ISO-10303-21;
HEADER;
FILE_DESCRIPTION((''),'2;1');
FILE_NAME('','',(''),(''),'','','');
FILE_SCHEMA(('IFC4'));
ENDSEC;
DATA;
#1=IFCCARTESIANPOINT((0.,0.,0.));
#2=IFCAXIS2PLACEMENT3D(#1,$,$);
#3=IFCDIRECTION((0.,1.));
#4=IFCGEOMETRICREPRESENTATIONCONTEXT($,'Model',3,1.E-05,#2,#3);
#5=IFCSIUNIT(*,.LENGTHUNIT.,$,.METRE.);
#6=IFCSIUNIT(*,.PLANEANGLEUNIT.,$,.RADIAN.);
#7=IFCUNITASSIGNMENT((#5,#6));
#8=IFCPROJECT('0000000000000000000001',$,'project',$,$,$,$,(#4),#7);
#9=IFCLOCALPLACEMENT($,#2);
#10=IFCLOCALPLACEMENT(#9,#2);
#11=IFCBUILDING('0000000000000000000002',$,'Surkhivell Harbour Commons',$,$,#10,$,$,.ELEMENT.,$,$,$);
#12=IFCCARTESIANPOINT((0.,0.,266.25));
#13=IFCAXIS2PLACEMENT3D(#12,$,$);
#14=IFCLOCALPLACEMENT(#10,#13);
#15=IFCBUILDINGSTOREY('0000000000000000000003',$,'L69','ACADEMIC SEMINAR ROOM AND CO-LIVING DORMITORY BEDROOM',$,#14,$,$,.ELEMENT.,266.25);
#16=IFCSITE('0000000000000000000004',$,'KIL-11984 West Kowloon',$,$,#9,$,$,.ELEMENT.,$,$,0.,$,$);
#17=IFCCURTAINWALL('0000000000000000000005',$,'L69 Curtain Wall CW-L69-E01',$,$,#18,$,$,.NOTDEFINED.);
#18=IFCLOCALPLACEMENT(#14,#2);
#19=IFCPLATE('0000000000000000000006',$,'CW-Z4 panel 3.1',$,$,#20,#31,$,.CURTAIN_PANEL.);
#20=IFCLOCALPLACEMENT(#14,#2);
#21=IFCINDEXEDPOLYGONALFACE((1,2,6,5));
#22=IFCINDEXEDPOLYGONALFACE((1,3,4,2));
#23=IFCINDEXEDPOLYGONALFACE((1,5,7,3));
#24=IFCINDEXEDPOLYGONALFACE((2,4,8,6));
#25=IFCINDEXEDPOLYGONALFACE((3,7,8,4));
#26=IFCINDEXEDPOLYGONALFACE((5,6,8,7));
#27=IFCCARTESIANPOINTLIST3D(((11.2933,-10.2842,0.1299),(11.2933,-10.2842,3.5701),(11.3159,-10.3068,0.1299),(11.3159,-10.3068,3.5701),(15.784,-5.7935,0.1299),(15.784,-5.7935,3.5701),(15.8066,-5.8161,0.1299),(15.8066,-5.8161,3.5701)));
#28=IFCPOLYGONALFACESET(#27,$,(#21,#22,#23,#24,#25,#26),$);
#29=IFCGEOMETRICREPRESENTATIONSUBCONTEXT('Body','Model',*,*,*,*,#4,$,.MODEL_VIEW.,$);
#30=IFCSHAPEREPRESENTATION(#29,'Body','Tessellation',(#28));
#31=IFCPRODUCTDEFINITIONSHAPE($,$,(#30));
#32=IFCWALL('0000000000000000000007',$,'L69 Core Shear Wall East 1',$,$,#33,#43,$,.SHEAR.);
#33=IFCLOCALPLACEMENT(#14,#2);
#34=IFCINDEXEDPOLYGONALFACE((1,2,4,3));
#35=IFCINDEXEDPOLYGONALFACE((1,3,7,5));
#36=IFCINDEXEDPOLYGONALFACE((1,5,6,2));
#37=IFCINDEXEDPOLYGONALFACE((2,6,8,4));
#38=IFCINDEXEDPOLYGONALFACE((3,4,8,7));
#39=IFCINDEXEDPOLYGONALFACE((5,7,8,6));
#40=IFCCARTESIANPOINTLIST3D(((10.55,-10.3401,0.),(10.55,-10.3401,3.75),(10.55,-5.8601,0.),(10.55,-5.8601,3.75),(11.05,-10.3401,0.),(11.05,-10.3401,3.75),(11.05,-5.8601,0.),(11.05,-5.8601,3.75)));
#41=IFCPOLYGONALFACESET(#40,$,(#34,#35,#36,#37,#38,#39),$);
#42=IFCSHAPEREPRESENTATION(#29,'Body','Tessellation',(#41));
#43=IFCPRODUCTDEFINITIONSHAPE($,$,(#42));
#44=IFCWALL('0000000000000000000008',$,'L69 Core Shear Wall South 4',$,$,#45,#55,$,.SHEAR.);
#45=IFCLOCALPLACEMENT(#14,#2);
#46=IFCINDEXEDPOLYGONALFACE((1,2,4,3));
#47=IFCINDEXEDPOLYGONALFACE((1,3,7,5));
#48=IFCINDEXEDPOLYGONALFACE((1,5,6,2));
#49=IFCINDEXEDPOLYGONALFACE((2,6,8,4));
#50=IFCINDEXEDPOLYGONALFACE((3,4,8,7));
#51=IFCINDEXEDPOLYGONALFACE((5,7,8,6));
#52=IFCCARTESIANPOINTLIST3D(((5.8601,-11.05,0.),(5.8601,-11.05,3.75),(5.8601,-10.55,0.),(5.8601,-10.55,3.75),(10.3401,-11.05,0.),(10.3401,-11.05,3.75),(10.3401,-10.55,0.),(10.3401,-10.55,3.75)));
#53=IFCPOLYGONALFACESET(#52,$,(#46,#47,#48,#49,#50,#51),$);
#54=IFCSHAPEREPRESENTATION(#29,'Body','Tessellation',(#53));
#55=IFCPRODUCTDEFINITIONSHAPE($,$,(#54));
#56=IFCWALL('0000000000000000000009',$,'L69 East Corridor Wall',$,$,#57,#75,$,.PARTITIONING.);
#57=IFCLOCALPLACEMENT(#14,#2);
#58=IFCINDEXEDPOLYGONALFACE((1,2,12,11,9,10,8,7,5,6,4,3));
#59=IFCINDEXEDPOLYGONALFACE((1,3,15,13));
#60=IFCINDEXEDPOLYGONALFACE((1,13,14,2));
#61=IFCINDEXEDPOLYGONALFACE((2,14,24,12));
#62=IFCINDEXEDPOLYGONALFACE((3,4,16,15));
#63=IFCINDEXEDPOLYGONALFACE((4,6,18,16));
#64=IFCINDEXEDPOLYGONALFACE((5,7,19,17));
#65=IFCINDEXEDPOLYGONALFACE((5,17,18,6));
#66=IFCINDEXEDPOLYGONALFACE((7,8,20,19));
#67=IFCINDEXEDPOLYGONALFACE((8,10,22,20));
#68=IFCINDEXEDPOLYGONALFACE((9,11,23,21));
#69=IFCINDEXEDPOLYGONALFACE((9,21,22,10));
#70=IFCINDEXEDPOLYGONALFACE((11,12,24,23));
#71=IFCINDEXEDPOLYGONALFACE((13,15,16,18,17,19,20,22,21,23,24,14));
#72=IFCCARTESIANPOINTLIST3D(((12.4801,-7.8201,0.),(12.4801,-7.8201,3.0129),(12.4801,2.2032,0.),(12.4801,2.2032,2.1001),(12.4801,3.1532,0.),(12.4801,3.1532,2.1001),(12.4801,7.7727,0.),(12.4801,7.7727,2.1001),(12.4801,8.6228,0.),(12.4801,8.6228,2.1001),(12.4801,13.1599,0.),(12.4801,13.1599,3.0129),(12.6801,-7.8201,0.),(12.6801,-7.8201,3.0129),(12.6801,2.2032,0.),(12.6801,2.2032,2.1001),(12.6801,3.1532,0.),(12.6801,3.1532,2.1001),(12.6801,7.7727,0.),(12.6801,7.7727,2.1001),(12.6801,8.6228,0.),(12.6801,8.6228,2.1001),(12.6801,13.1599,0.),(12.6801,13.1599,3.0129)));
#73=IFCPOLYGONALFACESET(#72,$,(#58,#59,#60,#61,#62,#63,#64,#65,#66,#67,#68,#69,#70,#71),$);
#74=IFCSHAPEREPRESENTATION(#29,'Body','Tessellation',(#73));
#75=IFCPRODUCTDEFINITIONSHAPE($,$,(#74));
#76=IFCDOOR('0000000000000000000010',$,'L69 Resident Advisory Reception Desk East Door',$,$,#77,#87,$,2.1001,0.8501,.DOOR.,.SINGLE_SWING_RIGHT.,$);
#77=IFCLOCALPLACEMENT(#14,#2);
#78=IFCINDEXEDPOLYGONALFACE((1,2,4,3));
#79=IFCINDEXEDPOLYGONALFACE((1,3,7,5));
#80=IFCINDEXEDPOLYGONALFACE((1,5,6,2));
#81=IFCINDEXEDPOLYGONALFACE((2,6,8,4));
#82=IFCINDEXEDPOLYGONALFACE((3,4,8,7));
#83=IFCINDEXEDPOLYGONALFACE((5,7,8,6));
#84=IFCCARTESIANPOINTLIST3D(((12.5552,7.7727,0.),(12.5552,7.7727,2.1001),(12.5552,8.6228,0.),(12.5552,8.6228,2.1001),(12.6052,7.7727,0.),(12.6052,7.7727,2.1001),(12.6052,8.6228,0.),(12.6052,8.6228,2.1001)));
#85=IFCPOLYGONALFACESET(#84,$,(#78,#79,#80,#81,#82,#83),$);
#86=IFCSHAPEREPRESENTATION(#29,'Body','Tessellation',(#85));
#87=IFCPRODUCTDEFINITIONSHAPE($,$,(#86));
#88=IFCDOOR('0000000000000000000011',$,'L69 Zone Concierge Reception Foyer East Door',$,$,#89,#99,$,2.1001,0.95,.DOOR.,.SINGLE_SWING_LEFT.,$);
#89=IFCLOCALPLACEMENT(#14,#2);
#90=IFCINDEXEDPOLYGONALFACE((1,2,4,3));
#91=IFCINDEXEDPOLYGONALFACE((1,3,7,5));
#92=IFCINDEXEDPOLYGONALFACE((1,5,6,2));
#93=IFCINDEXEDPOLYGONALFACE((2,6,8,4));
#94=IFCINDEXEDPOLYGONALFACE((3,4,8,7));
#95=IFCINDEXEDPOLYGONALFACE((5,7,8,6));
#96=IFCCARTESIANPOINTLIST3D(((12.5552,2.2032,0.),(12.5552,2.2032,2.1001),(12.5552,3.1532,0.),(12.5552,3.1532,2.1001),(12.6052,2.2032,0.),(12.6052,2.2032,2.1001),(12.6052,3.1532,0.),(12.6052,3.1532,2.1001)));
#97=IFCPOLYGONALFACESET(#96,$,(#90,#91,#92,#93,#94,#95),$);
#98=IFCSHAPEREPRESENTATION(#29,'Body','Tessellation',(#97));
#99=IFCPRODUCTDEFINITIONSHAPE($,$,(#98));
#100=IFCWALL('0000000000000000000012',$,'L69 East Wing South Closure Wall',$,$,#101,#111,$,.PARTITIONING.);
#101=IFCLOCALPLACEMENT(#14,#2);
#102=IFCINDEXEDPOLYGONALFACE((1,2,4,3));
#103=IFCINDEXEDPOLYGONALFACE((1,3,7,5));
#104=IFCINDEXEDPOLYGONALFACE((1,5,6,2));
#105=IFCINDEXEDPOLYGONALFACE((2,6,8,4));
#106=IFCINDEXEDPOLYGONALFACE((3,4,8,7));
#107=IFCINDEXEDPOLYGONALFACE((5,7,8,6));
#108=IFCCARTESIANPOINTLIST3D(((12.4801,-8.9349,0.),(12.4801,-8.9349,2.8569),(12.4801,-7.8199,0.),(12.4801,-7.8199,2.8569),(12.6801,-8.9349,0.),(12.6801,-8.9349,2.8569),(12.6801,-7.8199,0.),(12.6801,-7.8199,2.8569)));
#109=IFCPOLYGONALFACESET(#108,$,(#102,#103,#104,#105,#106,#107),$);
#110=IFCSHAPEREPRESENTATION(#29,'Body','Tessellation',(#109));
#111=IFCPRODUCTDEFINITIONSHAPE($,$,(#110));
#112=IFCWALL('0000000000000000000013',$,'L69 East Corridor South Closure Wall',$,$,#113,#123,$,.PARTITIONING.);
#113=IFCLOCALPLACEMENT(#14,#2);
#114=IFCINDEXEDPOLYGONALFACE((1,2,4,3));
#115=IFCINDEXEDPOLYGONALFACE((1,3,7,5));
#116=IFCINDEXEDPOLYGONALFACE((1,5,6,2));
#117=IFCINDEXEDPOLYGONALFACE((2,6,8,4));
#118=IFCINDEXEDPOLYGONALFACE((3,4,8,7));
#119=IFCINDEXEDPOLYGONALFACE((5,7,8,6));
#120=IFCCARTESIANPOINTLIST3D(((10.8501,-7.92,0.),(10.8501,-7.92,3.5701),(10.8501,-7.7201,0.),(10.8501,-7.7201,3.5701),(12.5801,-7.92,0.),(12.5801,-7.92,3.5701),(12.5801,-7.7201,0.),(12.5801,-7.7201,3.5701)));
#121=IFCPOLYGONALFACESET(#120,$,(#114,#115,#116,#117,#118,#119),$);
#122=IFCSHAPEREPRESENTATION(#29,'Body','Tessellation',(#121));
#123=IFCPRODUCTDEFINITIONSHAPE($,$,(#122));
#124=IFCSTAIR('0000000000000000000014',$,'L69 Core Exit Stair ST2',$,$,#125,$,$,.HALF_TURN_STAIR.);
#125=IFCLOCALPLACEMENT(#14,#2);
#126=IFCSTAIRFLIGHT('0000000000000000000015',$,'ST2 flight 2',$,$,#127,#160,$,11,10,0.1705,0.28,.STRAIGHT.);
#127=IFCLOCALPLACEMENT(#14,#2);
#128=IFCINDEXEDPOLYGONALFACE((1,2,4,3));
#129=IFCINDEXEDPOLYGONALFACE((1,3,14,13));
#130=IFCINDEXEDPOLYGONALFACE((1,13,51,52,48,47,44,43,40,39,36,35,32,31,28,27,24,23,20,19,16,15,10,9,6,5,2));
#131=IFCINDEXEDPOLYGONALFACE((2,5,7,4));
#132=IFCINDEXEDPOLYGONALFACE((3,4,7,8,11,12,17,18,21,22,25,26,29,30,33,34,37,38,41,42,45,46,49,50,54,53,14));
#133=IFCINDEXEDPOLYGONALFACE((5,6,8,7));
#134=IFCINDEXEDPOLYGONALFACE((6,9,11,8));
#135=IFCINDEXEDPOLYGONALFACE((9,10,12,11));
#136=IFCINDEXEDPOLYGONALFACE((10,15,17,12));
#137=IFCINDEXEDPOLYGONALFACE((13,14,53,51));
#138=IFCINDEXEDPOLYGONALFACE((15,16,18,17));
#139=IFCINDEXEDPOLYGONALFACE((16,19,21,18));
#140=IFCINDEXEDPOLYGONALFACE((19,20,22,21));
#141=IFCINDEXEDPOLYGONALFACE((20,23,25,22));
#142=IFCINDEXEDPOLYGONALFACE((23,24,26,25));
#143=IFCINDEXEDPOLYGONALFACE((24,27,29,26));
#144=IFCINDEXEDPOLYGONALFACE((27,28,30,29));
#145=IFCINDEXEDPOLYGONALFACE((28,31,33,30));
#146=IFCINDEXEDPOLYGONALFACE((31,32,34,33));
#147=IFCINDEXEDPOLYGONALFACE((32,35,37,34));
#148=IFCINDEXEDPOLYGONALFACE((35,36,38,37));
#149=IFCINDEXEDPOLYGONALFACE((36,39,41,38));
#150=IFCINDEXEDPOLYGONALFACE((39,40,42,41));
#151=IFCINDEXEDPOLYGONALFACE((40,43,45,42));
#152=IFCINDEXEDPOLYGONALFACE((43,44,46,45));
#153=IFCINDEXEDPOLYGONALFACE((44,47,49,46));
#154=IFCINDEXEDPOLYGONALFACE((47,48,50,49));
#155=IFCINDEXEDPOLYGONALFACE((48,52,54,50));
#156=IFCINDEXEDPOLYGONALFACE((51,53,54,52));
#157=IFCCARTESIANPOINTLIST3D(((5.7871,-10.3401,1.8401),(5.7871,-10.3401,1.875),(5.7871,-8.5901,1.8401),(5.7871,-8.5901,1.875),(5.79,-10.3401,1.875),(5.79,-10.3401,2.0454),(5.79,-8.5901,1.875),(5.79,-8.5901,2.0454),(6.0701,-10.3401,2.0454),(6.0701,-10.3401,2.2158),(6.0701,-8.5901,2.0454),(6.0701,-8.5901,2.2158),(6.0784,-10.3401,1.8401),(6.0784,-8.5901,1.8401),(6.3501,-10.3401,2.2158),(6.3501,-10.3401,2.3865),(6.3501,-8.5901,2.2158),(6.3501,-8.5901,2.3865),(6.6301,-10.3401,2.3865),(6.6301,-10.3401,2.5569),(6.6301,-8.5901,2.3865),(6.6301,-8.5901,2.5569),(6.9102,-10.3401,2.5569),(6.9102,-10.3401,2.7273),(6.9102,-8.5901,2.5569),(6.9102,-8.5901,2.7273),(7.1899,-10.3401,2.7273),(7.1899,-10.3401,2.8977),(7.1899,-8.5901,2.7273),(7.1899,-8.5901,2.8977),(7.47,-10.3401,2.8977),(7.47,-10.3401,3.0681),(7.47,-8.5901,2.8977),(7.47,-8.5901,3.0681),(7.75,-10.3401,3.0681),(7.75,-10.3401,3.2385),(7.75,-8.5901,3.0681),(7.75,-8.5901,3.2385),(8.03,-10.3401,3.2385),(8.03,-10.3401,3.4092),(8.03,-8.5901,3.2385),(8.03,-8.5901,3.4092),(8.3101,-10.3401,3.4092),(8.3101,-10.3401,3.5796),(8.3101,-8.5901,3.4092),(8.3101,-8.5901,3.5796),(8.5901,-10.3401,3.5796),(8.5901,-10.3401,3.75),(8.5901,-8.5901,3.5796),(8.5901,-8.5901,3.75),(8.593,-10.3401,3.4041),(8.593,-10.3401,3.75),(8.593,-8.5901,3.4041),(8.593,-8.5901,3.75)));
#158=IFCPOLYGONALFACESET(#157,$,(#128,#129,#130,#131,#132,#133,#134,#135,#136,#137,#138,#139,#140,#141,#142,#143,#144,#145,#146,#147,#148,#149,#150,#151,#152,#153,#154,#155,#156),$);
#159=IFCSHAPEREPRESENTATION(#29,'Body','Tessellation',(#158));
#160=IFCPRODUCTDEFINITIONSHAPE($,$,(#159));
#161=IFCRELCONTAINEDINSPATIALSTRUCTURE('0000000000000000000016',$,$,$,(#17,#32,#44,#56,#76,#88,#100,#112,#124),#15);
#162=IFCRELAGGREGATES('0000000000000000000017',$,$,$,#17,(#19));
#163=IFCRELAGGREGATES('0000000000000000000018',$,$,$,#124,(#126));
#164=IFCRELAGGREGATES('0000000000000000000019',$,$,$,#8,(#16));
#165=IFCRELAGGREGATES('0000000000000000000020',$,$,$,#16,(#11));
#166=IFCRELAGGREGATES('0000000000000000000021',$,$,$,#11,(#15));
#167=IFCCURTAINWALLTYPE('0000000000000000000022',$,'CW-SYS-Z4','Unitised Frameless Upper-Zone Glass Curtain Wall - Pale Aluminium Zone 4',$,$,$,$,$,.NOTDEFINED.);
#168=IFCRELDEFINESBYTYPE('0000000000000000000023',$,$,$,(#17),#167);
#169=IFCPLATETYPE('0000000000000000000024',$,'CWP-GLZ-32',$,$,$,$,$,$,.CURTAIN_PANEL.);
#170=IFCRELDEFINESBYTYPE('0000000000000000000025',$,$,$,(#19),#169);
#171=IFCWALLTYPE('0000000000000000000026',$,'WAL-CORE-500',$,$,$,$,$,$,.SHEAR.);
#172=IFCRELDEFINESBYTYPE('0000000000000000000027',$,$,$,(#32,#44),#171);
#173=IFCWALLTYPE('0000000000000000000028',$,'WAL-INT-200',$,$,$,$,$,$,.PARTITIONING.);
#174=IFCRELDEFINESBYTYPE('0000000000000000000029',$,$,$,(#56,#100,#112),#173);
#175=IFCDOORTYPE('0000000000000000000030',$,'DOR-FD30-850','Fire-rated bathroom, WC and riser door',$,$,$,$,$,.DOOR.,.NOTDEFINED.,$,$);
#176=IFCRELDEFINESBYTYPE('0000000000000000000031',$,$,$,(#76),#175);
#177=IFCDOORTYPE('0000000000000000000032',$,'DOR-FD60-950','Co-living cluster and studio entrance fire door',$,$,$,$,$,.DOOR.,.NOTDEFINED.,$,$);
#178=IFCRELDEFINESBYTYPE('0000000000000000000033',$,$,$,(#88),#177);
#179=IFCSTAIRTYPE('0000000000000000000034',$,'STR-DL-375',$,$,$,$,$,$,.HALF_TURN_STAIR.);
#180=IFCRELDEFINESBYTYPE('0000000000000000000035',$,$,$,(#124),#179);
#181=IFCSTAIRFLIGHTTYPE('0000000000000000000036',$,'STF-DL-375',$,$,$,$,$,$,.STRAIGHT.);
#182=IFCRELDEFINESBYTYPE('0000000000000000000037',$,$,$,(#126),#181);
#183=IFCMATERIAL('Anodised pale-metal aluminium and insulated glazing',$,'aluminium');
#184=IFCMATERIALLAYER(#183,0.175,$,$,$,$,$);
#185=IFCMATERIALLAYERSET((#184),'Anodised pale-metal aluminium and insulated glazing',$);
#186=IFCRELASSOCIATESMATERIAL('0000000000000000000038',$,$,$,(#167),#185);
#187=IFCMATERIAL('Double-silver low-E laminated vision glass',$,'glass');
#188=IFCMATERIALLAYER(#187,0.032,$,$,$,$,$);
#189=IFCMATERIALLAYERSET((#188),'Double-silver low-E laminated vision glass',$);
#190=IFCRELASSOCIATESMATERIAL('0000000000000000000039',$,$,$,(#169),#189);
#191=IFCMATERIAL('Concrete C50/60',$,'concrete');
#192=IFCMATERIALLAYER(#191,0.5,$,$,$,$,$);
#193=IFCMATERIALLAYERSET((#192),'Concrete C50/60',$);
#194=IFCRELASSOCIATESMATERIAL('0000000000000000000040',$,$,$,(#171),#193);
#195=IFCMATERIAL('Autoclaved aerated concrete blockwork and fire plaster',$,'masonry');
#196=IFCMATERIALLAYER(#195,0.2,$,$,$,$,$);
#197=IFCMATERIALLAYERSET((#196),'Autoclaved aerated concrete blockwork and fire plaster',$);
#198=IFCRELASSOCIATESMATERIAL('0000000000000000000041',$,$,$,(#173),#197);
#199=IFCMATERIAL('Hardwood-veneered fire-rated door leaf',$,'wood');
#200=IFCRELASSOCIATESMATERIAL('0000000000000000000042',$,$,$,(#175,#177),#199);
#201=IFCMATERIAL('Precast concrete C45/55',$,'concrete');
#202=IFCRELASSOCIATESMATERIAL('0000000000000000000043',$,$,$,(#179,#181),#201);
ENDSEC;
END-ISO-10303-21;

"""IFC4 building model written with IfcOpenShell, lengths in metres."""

from ifc_helpers import new_model, si_unit, direction, frame, frame_2d, origin, place, context, subcontext, project, spatial, polyline, rectangle, outline, extrude, material, layer, layer_set, type_object, element, fill, aggregate, save


model = new_model("IFC4")

# Units and contexts
model_context = context("Model", 3, precision=1e-05, world=origin(), true_north=direction((0.0, 1.0)))
body_context = subcontext(model_context, "Body", "Model", "MODEL_VIEW")
ifc_project = project(units=[si_unit("LENGTHUNIT", "METRE"), si_unit("PLANEANGLEUNIT", "RADIAN")], contexts=[model_context])

# Site, building, storey
site_placement = place(None, origin())
site = spatial("IfcSite", under=ifc_project, at=site_placement, Name="KIL-11984 West Kowloon", CompositionType="ELEMENT", RefElevation=0.0)
building_placement = place(site_placement, origin())
building = spatial("IfcBuilding", under=site, at=building_placement, Name="Surkhivell Harbour Commons", CompositionType="ELEMENT")
storey_placement = place(building_placement, frame((0.0, 0.0, 266.25)))
storey = spatial("IfcBuildingStorey", under=building, at=storey_placement, Name="L69", Description="ACADEMIC SEMINAR ROOM AND CO-LIVING DORMITORY BEDROOM", CompositionType="ELEMENT", Elevation=266.25)

# Curtain wall, plate
ifc_material_1 = material(Name="Anodised pale-metal aluminium and insulated glazing", Category="aluminium")
ifc_layer_1 = layer(ifc_material_1, 0.175)
ifc_layer_set_1 = layer_set([ifc_layer_1], Name="Anodised pale-metal aluminium and insulated glazing")
curtain_wall_type = type_object("IfcCurtainWallType", Name="CW-SYS-Z4", Description="Unitised Frameless Upper-Zone Glass Curtain Wall - Pale Aluminium Zone 4", PredefinedType="NOTDEFINED", material=ifc_layer_set_1)
curtain_wall_placement = place(storey_placement, origin())
curtain_wall = element("IfcCurtainWall", 1, at=curtain_wall_placement, inside=storey, type_object=curtain_wall_type, Name="L69 Curtain Wall CW-L69-E01", PredefinedType="NOTDEFINED")
ifc_material_2 = material(Name="Double-silver low-E laminated vision glass", Category="glass")
ifc_layer_2 = layer(ifc_material_2, 0.032)
ifc_layer_set_2 = layer_set([ifc_layer_2], Name="Double-silver low-E laminated vision glass")
plate_type = type_object("IfcPlateType", Name="CWP-GLZ-32", PredefinedType="CURTAIN_PANEL", material=ifc_layer_set_2)
plate_1_placement = place(storey_placement, frame((11.3047, -10.2954, 0.1299), z_axis=(0.0, 0.0, 1.0), x_axis=(0.707107, 0.707107, 0.0)))
plate_1 = element("IfcPlate", 2, at=plate_1_placement, type_object=plate_type, Name="CW-Z4 panel 3.1", PredefinedType="CURTAIN_PANEL", context=body_context, shape_type="SweptSolid", body=[
    extrude(rectangle(XDim=6.3508, YDim=0.032, at=frame_2d((3.1753, 0.0))), origin(), (0.0, 0.0, 1.0), 3.4402),
])
aggregate(curtain_wall, [plate_1])

# Walls
ifc_material_3 = material(Name="Concrete C50/60", Category="concrete")
ifc_layer_3 = layer(ifc_material_3, 0.5)
ifc_layer_set_3 = layer_set([ifc_layer_3], Name="Concrete C50/60")
wall_type_1 = type_object("IfcWallType", Name="WAL-CORE-500", PredefinedType="SHEAR", material=ifc_layer_set_3)
for number, where, z_axis, x_axis, name in (
    (3, (10.8, -10.3401, 0.0), (0.0, 0.0, 1.0), (0.0, 1.0, 0.0), "L69 Core Shear Wall East 1"),
    (4, (5.8601, -10.8, 0.0), (0.0, 0.0, 1.0), (1.0, 0.0, 0.0), "L69 Core Shear Wall South 4"),
):
    element("IfcWall", number, at=place(storey_placement, frame(where, z_axis=z_axis, x_axis=x_axis)), inside=storey, type_object=wall_type_1, Name=name, PredefinedType="SHEAR", context=body_context, shape_type="SweptSolid", body=[
        extrude(rectangle(XDim=4.48, YDim=0.5, at=frame_2d((2.24, 0.0))), origin(), (0.0, 0.0, 1.0), 3.75),
    ])

# Wall, openings, doors
ifc_material_4 = material(Name="Autoclaved aerated concrete blockwork and fire plaster", Category="masonry")
ifc_layer_4 = layer(ifc_material_4, 0.2)
ifc_layer_set_4 = layer_set([ifc_layer_4], Name="Autoclaved aerated concrete blockwork and fire plaster")
wall_type_2 = type_object("IfcWallType", Name="WAL-INT-200", PredefinedType="PARTITIONING", material=ifc_layer_set_4)
wall_1_placement = place(storey_placement, frame((12.5801, -7.8201, 0.0), z_axis=(0.0, 0.0, 1.0), x_axis=(0.0, 1.0, 0.0)))
wall_1 = element("IfcWall", 5, at=wall_1_placement, inside=storey, type_object=wall_type_2, Name="L69 East Corridor Wall", PredefinedType="PARTITIONING", context=body_context, shape_type="SweptSolid", body=[
    extrude(rectangle(XDim=20.98, YDim=0.2, at=frame_2d((10.49, 0.0))), origin(), (0.0, 0.0, 1.0), 3.0129),
])
opening_1_placement = place(wall_1_placement, frame((10.0232, 0.0, 0.0)))
opening_1 = element("IfcOpeningElement", 6, at=opening_1_placement, cuts=wall_1, PredefinedType="OPENING", context=body_context, shape_type="SweptSolid", body=[
    extrude(rectangle(XDim=0.95, YDim=2.1001, at=frame_2d((0.4751, 1.05))), frame((0.0, 0.1099, 0.0), z_axis=(0.0, -1.0, 0.0), x_axis=(1.0, 0.0, 0.0)), (0.0, 0.0, 1.0), 0.22),
])
opening_2_placement = place(wall_1_placement, frame((15.5928, 0.0, 0.0)))
opening_2 = element("IfcOpeningElement", 7, at=opening_2_placement, cuts=wall_1, PredefinedType="OPENING", context=body_context, shape_type="SweptSolid", body=[
    extrude(rectangle(XDim=0.8501, YDim=2.1001, at=frame_2d((0.425, 1.05))), frame((0.0, 0.1099, 0.0), z_axis=(0.0, -1.0, 0.0), x_axis=(1.0, 0.0, 0.0)), (0.0, 0.0, 1.0), 0.22),
])
ifc_material_5 = material(Name="Hardwood-veneered fire-rated door leaf", Category="wood")
door_type_1 = type_object("IfcDoorType", Name="DOR-FD30-850", Description="Fire-rated bathroom, WC and riser door", OperationType="NOTDEFINED", PredefinedType="DOOR", material=ifc_material_5)
door_1_placement = place(opening_2_placement, origin())
door_1 = element("IfcDoor", 8, at=door_1_placement, inside=storey, type_object=door_type_1, Name="L69 Resident Advisory Reception Desk East Door", OperationType="SINGLE_SWING_RIGHT", OverallHeight=2.1001, OverallWidth=0.8501, PredefinedType="DOOR", context=body_context, shape_type="SweptSolid", body=[
    extrude(rectangle(XDim=0.8501, YDim=2.1001, at=frame_2d((0.425, 1.05))), frame((0.0, 0.0249, 0.0), z_axis=(0.0, -1.0, 0.0), x_axis=(1.0, 0.0, 0.0)), (0.0, 0.0, 1.0), 0.05),
])
fill(opening_2, door_1)
door_type_2 = type_object("IfcDoorType", Name="DOR-FD60-950", Description="Co-living cluster and studio entrance fire door", OperationType="NOTDEFINED", PredefinedType="DOOR", material=ifc_material_5)
door_2_placement = place(opening_1_placement, origin())
door_2 = element("IfcDoor", 9, at=door_2_placement, inside=storey, type_object=door_type_2, Name="L69 Zone Concierge Reception Foyer East Door", OperationType="SINGLE_SWING_LEFT", OverallHeight=2.1001, OverallWidth=0.95, PredefinedType="DOOR", context=body_context, shape_type="SweptSolid", body=[
    extrude(rectangle(XDim=0.95, YDim=2.1001, at=frame_2d((0.4751, 1.05))), frame((0.0, 0.0249, 0.0), z_axis=(0.0, -1.0, 0.0), x_axis=(1.0, 0.0, 0.0)), (0.0, 0.0, 1.0), 0.05),
])
fill(opening_1, door_2)

# Walls
wall_2_placement = place(storey_placement, frame((12.5801, -8.9351, 0.0), z_axis=(0.0, 0.0, 1.0), x_axis=(0.0, 1.0, 0.0)))
element("IfcWall", 10, at=wall_2_placement, inside=storey, type_object=wall_type_2, Name="L69 East Wing South Closure Wall", PredefinedType="PARTITIONING", context=body_context, shape_type="SweptSolid", body=[
    extrude(rectangle(XDim=1.115, YDim=0.2, at=frame_2d((0.5576, 0.0))), origin(), (0.0, 0.0, 1.0), 2.8569),
])
wall_3_placement = place(storey_placement, frame((10.8501, -7.8201, 0.0), z_axis=(0.0, 0.0, 1.0), x_axis=(1.0, 0.0, 0.0)))
element("IfcWall", 11, at=wall_3_placement, inside=storey, type_object=wall_type_2, Name="L69 East Corridor South Closure Wall", PredefinedType="PARTITIONING", context=body_context, shape_type="SweptSolid", body=[
    extrude(rectangle(XDim=1.73, YDim=0.2, at=frame_2d((0.865, 0.0))), origin(), (0.0, 0.0, 1.0), 3.5701),
])

# Stair, stair flight
ifc_material_6 = material(Name="Precast concrete C45/55", Category="concrete")
stair_type = type_object("IfcStairType", Name="STR-DL-375", PredefinedType="HALF_TURN_STAIR", material=ifc_material_6)
stair_placement = place(storey_placement, origin())
stair = element("IfcStair", 12, at=stair_placement, inside=storey, type_object=stair_type, Name="L69 Core Exit Stair ST2", PredefinedType="HALF_TURN_STAIR")
stair_flight_type = type_object("IfcStairFlightType", Name="STF-DL-375", PredefinedType="STRAIGHT", material=ifc_material_6)
stair_flight_placement = place(storey_placement, frame((5.79, -9.4651, 1.875), z_axis=(0.0, 0.0, 1.0), x_axis=(1.0, 0.0, 0.0)))
stair_flight = element("IfcStairFlight", 13, at=stair_flight_placement, type_object=stair_flight_type, Name="ST2 flight 2", NumberOfRisers=11, NumberOfTreads=10, PredefinedType="STRAIGHT", RiserHeight=0.1705, TreadLength=0.28, context=body_context, shape_type="SweptSolid", body=[
    extrude(outline(polyline([(-0.0029, -0.0349), (-0.0029, 0.0), (0.0, 0.0), (0.0, 0.1704), (0.28, 0.1704), (0.28, 0.3408), (0.5601, 0.3408), (0.5601, 0.5115), (0.8401, 0.5115), (0.8401, 0.6819), (1.1201, 0.6819), (1.1201, 0.8523), (1.3999, 0.8523), (1.3999, 1.0227), (1.6799, 1.0227), (1.6799, 1.1931), (1.96, 1.1931), (1.96, 1.3635), (2.24, 1.3635), (2.24, 1.5342), (2.52, 1.5342), (2.52, 1.7046), (2.8, 1.7046), (2.8, 1.875), (2.803, 1.875), (2.803, 1.5291), (0.2883, -0.0349), (-0.0029, -0.0349)])), frame((0.0, 0.875, 0.0), z_axis=(0.0, -1.0, 0.0), x_axis=(1.0, 0.0, 0.0)), (0.0, 0.0, 1.0), 1.75),
])
aggregate(stair, [stair_flight])

save(model, "model.ifc")
